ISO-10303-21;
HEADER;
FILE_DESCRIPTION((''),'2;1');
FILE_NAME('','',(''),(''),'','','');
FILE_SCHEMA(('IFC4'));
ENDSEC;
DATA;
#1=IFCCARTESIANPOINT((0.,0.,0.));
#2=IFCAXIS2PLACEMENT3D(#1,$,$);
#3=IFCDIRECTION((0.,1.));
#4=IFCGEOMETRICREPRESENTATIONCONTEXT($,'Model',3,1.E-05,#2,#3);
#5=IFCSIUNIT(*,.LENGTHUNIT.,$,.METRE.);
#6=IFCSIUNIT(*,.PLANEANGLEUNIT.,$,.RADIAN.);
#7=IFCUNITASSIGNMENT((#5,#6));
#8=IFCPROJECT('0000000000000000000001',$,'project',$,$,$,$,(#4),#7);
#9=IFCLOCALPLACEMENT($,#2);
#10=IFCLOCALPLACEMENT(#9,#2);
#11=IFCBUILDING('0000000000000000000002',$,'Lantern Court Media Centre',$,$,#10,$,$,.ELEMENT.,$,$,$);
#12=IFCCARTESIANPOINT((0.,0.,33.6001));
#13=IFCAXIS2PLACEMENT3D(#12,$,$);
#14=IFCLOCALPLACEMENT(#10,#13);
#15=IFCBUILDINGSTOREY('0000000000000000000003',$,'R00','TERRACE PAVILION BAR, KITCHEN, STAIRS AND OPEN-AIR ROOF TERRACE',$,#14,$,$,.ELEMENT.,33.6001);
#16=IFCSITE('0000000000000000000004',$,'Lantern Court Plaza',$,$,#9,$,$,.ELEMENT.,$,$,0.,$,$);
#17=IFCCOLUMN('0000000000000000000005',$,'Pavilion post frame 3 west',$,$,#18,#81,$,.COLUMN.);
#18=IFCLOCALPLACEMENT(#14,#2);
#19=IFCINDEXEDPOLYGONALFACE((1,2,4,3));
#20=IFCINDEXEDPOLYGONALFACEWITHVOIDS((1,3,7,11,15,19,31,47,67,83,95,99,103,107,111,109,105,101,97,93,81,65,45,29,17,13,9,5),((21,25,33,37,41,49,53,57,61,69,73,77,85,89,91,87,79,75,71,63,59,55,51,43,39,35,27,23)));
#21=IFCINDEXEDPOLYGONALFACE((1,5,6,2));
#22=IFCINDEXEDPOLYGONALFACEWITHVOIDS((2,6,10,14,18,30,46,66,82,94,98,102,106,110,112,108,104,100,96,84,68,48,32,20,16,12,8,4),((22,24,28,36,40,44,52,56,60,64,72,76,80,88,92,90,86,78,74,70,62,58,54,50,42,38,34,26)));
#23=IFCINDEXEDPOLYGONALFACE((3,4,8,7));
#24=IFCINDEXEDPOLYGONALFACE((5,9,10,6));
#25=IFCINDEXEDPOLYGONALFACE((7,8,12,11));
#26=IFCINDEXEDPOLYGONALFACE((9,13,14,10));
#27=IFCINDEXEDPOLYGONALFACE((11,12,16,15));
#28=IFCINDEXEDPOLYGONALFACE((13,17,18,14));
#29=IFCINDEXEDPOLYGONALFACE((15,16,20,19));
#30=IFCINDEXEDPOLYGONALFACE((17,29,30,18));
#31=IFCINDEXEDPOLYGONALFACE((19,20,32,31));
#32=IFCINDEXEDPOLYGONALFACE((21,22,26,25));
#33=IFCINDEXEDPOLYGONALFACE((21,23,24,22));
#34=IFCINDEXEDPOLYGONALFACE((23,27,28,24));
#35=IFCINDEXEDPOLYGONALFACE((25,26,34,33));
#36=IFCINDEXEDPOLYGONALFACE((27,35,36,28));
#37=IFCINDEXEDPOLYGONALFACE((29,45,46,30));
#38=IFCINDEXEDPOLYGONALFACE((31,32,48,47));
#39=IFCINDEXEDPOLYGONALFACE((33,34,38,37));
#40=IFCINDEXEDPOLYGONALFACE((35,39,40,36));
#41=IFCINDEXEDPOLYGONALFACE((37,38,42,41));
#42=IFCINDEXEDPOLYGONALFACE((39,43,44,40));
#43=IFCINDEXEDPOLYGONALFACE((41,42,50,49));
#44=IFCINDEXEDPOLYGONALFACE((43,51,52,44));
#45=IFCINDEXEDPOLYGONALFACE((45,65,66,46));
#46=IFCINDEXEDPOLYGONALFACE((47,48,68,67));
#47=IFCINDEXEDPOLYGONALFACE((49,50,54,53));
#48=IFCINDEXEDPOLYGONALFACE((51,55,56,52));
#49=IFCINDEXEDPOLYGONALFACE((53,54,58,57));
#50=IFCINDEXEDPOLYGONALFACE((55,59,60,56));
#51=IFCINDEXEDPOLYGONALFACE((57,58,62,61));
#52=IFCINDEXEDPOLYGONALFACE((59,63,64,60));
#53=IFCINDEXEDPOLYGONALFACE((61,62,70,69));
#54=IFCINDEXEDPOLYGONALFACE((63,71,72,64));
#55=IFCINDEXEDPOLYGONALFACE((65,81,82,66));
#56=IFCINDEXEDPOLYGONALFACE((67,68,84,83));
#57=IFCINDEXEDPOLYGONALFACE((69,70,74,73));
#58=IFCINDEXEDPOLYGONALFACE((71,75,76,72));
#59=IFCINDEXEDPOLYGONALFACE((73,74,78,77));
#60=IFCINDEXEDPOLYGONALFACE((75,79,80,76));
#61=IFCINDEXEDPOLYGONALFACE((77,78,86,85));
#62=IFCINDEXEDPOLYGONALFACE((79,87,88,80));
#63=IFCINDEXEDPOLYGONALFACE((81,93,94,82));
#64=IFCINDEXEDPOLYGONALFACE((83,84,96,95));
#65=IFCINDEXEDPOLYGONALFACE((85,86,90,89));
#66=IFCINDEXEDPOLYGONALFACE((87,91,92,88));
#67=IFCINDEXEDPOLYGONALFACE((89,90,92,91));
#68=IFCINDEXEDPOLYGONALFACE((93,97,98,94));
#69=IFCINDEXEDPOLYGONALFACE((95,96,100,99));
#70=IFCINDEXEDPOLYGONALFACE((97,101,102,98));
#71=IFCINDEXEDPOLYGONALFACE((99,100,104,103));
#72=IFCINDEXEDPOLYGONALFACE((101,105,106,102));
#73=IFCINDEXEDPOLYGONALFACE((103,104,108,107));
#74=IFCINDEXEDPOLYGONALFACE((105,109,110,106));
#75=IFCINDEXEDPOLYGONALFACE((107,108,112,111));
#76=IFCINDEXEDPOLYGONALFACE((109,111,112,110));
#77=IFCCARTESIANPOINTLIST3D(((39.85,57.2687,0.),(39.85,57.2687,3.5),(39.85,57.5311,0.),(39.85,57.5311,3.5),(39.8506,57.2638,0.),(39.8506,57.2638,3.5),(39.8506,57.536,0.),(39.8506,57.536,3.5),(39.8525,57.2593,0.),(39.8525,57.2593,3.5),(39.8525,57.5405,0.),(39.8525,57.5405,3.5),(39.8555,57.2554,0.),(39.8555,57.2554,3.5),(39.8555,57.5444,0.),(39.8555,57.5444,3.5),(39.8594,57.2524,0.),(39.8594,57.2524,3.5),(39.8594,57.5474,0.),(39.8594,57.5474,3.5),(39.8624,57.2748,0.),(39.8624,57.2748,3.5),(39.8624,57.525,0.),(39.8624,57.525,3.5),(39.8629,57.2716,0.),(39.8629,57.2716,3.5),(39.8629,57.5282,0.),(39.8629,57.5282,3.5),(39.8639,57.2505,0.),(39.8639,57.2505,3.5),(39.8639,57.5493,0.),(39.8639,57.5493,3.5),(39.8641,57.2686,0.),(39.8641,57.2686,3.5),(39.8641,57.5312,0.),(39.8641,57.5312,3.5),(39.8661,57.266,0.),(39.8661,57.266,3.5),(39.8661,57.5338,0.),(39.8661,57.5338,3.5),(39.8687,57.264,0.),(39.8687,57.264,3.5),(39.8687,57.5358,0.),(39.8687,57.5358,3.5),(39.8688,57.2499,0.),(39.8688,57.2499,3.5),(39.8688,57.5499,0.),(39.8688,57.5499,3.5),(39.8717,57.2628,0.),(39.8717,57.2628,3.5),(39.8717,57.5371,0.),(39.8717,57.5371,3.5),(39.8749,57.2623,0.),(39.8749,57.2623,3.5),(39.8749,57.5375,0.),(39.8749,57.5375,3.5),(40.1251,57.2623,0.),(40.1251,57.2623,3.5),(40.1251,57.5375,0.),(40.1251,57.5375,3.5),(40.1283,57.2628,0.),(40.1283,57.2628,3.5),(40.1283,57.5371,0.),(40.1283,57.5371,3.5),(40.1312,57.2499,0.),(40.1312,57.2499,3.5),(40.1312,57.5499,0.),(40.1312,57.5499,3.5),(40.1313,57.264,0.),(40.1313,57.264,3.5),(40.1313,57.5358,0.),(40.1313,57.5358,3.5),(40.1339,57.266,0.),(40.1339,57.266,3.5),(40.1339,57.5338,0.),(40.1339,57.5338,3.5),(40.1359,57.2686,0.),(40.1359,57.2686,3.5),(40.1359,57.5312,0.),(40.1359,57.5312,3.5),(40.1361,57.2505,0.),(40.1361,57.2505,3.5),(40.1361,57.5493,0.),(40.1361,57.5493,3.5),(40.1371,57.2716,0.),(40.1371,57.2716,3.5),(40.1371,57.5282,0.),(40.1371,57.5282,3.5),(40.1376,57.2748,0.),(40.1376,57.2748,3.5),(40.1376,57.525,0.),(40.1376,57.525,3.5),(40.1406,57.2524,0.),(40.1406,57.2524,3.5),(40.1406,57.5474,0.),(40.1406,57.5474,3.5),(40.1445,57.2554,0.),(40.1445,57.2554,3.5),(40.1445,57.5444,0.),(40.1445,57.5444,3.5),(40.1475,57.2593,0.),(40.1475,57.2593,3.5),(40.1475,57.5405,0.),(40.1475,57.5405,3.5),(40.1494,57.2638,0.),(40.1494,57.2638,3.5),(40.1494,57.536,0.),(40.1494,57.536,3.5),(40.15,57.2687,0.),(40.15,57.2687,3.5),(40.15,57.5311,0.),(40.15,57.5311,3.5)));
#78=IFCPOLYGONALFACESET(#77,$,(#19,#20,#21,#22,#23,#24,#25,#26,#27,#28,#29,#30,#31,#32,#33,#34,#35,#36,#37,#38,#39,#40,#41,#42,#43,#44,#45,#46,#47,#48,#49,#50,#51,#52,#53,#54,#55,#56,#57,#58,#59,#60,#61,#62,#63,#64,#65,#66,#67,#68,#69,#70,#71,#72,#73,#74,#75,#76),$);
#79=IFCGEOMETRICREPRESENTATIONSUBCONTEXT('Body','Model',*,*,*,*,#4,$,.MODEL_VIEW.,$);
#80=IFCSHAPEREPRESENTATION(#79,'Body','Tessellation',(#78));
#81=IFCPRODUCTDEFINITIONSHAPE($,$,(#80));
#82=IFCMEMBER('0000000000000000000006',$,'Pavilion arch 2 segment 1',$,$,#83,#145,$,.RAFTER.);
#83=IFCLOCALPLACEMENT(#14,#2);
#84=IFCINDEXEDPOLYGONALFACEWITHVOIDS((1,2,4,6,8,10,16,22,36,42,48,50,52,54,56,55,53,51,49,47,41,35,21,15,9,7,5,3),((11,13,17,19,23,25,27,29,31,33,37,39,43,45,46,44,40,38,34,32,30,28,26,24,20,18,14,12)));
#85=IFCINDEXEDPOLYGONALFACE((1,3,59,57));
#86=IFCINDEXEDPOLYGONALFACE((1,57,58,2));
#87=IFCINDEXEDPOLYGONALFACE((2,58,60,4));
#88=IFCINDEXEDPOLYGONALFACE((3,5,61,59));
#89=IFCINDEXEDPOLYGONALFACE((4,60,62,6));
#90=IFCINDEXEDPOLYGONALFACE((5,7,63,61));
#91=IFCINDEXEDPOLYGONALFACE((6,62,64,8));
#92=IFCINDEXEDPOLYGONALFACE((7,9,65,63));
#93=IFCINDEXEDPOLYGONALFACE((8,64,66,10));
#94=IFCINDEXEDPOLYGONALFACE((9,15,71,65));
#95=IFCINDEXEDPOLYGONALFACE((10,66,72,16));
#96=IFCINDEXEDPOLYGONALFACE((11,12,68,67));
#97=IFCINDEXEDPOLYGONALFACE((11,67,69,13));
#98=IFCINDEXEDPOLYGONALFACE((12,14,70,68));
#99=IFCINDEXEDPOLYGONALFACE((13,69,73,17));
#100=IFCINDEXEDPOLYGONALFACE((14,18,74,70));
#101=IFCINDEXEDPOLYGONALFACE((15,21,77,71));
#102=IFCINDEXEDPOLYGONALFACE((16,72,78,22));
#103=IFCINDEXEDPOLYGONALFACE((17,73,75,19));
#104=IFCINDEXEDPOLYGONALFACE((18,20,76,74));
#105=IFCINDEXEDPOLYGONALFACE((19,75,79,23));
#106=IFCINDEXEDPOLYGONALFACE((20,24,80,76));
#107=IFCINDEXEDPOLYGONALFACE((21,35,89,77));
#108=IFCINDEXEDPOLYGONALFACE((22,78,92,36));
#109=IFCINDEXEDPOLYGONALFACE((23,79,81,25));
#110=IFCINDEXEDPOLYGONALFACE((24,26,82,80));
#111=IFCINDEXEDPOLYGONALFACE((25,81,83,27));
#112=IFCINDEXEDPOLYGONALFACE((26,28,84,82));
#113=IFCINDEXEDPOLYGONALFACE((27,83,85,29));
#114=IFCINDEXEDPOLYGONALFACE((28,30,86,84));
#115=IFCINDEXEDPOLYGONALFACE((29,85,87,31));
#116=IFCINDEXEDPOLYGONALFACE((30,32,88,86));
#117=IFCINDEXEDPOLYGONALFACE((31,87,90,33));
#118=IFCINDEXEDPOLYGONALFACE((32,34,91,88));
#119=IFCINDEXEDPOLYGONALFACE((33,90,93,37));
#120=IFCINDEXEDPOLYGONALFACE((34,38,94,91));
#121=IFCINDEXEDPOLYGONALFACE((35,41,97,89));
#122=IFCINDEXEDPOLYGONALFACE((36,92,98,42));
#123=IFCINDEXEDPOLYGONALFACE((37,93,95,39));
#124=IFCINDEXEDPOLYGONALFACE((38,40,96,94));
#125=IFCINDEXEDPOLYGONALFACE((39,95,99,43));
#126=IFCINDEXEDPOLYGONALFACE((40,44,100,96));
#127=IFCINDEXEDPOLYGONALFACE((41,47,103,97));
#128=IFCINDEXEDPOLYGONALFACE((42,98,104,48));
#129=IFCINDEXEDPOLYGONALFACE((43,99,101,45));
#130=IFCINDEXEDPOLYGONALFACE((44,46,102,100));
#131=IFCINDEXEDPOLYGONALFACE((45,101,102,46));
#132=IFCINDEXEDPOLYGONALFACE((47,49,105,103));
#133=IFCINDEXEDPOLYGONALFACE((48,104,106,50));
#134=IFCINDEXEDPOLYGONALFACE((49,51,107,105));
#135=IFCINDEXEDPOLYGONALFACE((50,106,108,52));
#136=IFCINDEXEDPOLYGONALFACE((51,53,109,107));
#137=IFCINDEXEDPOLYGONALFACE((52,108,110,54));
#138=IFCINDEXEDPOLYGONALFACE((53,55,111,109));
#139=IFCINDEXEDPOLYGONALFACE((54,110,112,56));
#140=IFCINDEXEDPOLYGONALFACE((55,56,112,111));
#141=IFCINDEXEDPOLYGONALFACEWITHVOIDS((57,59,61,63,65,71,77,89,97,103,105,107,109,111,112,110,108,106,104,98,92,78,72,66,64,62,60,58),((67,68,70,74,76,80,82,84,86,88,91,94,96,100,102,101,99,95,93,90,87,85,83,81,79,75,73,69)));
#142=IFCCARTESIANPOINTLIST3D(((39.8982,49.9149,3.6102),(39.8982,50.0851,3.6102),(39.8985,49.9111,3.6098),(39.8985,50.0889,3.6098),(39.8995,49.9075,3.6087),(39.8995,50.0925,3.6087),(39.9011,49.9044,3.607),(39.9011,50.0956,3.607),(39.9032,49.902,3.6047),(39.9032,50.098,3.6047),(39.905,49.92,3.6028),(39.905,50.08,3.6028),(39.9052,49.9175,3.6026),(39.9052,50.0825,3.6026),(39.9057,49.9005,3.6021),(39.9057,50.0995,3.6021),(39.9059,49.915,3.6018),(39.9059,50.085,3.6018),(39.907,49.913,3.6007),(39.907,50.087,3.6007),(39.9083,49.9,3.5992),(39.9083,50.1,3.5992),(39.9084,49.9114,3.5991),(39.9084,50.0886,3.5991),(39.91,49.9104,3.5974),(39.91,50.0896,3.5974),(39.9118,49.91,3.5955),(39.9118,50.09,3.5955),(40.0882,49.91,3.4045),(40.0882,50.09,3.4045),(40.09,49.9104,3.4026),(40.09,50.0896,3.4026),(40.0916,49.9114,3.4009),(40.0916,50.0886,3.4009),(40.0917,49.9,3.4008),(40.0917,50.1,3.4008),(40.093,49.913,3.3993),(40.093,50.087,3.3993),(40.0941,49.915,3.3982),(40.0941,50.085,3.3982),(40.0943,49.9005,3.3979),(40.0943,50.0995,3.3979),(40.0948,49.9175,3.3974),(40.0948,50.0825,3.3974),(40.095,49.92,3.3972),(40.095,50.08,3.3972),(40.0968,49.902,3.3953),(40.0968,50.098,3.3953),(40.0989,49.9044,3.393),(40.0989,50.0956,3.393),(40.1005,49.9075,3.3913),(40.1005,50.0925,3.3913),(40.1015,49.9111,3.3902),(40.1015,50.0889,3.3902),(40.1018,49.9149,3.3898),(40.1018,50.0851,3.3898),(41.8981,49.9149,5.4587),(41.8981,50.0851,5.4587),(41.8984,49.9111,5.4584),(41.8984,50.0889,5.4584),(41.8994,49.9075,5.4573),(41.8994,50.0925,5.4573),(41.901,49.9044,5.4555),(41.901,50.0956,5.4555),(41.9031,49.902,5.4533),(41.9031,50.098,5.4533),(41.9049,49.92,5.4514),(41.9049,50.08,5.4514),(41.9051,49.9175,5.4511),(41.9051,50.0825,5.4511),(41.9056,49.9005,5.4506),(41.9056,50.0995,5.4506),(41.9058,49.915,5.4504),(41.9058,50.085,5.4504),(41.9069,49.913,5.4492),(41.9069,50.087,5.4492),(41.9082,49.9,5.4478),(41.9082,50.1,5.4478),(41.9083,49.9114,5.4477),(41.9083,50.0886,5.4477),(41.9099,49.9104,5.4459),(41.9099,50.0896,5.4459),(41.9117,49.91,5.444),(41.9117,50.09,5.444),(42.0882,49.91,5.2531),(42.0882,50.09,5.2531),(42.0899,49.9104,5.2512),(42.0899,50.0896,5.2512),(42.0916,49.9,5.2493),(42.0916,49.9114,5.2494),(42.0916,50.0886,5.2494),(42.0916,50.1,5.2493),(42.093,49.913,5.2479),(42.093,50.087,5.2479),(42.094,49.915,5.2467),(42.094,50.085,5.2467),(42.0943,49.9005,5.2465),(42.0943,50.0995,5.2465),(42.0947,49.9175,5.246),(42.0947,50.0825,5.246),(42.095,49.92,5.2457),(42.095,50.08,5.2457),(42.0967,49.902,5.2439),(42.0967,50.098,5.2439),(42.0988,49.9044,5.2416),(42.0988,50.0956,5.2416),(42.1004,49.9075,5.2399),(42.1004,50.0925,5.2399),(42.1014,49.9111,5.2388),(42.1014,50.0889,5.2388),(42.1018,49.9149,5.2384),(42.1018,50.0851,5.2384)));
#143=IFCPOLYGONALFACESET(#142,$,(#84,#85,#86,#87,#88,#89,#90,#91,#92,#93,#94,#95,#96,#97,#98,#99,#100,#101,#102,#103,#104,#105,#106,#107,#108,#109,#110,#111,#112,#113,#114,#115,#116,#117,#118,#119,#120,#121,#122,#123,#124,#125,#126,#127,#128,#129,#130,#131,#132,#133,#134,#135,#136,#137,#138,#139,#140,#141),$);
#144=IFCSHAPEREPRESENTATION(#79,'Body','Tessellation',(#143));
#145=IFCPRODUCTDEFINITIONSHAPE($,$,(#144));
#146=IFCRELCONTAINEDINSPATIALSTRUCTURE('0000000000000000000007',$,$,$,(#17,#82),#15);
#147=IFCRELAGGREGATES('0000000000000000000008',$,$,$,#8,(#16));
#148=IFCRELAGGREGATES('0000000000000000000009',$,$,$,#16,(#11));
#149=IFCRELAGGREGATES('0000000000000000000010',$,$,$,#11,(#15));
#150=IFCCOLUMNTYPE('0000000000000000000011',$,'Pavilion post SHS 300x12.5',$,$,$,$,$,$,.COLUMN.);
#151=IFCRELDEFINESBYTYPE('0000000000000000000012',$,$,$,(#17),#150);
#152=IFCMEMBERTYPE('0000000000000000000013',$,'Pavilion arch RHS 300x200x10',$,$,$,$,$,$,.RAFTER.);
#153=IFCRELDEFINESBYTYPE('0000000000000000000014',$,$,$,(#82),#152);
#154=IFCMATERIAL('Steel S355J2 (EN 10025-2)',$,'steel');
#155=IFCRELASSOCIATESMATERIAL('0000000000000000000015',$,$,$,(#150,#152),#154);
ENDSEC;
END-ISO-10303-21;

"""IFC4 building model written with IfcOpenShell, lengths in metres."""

from ifc_helpers import new_model, si_unit, direction, frame, origin, origin_2d, place, context, subcontext, project, spatial, hollow_rectangle, extrude, material, material_profile, profile_set, type_object, element, save


model = new_model("IFC4")

# Units and contexts
model_context = context("Model", 3, precision=1e-05, world=origin(), true_north=direction((0.0, 1.0)))
body_context = subcontext(model_context, "Body", "Model", "MODEL_VIEW")
ifc_project = project(units=[si_unit("LENGTHUNIT", "METRE"), si_unit("PLANEANGLEUNIT", "RADIAN")], contexts=[model_context])

# Site, building, storey
site_placement = place(None, origin())
site = spatial("IfcSite", under=ifc_project, at=site_placement, Name="Lantern Court Plaza", CompositionType="ELEMENT", RefElevation=0.0)
building_placement = place(site_placement, origin())
building = spatial("IfcBuilding", under=site, at=building_placement, Name="Lantern Court Media Centre", CompositionType="ELEMENT")
storey_placement = place(building_placement, frame((0.0, 0.0, 33.6001)))
storey = spatial("IfcBuildingStorey", under=building, at=storey_placement, Name="R00", Description="TERRACE PAVILION BAR, KITCHEN, STAIRS AND OPEN-AIR ROOF TERRACE", CompositionType="ELEMENT", Elevation=33.6001)

# Column
ifc_material_1 = material(Name="Steel S355J2 (EN 10025-2)", Category="steel")
ifc_material_profile_1 = material_profile(ifc_material_1, hollow_rectangle(XDim=0.3, YDim=0.3, WallThickness=0.0125, InnerFilletRadius=0.0125, OuterFilletRadius=0.0188, at=origin_2d()), Name="Pavilion post SHS 300x12.5")
ifc_profile_set_1 = profile_set([ifc_material_profile_1], Name="Steel S355J2 (EN 10025-2)")
column_type = type_object("IfcColumnType", Name="Pavilion post SHS 300x12.5", PredefinedType="COLUMN", material=ifc_profile_set_1)
column_placement = place(storey_placement, frame((40.0, 57.3999, 0.0), z_axis=(0.0, 0.0, 1.0), x_axis=(1.0, 0.0, 0.0)))
element("IfcColumn", 1, at=column_placement, inside=storey, type_object=column_type, Name="Pavilion post frame 3 west", PredefinedType="COLUMN", context=body_context, shape_type="SweptSolid", body=[
    extrude(hollow_rectangle(XDim=0.3, YDim=0.3, WallThickness=0.0125, InnerFilletRadius=0.0125, OuterFilletRadius=0.0188, at=origin_2d()), origin(), (0.0, 0.0, 1.0), 3.5),
])

# Member
ifc_material_profile_2 = material_profile(ifc_material_1, hollow_rectangle(XDim=0.2, YDim=0.3, WallThickness=0.01, InnerFilletRadius=0.01, OuterFilletRadius=0.0149, at=origin_2d()), Name="Pavilion arch RHS 300x200x10")
ifc_profile_set_2 = profile_set([ifc_material_profile_2], Name="Steel S355J2 (EN 10025-2)")
member_type_1 = type_object("IfcMemberType", Name="Pavilion arch RHS 300x200x10", PredefinedType="RAFTER", material=ifc_profile_set_2)
member_1_placement = place(storey_placement, frame((40.0, 50.0, 3.5), z_axis=(0.73435, 0.0, 0.678771), x_axis=(0.0, 1.0, 0.0)))
element("IfcMember", 2, at=member_1_placement, inside=storey, type_object=member_type_1, Name="Pavilion arch 2 segment 1", PredefinedType="RAFTER", context=body_context, shape_type="SweptSolid", body=[
    extrude(hollow_rectangle(XDim=0.2, YDim=0.3, WallThickness=0.01, InnerFilletRadius=0.01, OuterFilletRadius=0.0149, at=origin_2d()), origin(), (0.0, 0.0, 1.0), 2.7234),
])

save(model, "model.ifc")
